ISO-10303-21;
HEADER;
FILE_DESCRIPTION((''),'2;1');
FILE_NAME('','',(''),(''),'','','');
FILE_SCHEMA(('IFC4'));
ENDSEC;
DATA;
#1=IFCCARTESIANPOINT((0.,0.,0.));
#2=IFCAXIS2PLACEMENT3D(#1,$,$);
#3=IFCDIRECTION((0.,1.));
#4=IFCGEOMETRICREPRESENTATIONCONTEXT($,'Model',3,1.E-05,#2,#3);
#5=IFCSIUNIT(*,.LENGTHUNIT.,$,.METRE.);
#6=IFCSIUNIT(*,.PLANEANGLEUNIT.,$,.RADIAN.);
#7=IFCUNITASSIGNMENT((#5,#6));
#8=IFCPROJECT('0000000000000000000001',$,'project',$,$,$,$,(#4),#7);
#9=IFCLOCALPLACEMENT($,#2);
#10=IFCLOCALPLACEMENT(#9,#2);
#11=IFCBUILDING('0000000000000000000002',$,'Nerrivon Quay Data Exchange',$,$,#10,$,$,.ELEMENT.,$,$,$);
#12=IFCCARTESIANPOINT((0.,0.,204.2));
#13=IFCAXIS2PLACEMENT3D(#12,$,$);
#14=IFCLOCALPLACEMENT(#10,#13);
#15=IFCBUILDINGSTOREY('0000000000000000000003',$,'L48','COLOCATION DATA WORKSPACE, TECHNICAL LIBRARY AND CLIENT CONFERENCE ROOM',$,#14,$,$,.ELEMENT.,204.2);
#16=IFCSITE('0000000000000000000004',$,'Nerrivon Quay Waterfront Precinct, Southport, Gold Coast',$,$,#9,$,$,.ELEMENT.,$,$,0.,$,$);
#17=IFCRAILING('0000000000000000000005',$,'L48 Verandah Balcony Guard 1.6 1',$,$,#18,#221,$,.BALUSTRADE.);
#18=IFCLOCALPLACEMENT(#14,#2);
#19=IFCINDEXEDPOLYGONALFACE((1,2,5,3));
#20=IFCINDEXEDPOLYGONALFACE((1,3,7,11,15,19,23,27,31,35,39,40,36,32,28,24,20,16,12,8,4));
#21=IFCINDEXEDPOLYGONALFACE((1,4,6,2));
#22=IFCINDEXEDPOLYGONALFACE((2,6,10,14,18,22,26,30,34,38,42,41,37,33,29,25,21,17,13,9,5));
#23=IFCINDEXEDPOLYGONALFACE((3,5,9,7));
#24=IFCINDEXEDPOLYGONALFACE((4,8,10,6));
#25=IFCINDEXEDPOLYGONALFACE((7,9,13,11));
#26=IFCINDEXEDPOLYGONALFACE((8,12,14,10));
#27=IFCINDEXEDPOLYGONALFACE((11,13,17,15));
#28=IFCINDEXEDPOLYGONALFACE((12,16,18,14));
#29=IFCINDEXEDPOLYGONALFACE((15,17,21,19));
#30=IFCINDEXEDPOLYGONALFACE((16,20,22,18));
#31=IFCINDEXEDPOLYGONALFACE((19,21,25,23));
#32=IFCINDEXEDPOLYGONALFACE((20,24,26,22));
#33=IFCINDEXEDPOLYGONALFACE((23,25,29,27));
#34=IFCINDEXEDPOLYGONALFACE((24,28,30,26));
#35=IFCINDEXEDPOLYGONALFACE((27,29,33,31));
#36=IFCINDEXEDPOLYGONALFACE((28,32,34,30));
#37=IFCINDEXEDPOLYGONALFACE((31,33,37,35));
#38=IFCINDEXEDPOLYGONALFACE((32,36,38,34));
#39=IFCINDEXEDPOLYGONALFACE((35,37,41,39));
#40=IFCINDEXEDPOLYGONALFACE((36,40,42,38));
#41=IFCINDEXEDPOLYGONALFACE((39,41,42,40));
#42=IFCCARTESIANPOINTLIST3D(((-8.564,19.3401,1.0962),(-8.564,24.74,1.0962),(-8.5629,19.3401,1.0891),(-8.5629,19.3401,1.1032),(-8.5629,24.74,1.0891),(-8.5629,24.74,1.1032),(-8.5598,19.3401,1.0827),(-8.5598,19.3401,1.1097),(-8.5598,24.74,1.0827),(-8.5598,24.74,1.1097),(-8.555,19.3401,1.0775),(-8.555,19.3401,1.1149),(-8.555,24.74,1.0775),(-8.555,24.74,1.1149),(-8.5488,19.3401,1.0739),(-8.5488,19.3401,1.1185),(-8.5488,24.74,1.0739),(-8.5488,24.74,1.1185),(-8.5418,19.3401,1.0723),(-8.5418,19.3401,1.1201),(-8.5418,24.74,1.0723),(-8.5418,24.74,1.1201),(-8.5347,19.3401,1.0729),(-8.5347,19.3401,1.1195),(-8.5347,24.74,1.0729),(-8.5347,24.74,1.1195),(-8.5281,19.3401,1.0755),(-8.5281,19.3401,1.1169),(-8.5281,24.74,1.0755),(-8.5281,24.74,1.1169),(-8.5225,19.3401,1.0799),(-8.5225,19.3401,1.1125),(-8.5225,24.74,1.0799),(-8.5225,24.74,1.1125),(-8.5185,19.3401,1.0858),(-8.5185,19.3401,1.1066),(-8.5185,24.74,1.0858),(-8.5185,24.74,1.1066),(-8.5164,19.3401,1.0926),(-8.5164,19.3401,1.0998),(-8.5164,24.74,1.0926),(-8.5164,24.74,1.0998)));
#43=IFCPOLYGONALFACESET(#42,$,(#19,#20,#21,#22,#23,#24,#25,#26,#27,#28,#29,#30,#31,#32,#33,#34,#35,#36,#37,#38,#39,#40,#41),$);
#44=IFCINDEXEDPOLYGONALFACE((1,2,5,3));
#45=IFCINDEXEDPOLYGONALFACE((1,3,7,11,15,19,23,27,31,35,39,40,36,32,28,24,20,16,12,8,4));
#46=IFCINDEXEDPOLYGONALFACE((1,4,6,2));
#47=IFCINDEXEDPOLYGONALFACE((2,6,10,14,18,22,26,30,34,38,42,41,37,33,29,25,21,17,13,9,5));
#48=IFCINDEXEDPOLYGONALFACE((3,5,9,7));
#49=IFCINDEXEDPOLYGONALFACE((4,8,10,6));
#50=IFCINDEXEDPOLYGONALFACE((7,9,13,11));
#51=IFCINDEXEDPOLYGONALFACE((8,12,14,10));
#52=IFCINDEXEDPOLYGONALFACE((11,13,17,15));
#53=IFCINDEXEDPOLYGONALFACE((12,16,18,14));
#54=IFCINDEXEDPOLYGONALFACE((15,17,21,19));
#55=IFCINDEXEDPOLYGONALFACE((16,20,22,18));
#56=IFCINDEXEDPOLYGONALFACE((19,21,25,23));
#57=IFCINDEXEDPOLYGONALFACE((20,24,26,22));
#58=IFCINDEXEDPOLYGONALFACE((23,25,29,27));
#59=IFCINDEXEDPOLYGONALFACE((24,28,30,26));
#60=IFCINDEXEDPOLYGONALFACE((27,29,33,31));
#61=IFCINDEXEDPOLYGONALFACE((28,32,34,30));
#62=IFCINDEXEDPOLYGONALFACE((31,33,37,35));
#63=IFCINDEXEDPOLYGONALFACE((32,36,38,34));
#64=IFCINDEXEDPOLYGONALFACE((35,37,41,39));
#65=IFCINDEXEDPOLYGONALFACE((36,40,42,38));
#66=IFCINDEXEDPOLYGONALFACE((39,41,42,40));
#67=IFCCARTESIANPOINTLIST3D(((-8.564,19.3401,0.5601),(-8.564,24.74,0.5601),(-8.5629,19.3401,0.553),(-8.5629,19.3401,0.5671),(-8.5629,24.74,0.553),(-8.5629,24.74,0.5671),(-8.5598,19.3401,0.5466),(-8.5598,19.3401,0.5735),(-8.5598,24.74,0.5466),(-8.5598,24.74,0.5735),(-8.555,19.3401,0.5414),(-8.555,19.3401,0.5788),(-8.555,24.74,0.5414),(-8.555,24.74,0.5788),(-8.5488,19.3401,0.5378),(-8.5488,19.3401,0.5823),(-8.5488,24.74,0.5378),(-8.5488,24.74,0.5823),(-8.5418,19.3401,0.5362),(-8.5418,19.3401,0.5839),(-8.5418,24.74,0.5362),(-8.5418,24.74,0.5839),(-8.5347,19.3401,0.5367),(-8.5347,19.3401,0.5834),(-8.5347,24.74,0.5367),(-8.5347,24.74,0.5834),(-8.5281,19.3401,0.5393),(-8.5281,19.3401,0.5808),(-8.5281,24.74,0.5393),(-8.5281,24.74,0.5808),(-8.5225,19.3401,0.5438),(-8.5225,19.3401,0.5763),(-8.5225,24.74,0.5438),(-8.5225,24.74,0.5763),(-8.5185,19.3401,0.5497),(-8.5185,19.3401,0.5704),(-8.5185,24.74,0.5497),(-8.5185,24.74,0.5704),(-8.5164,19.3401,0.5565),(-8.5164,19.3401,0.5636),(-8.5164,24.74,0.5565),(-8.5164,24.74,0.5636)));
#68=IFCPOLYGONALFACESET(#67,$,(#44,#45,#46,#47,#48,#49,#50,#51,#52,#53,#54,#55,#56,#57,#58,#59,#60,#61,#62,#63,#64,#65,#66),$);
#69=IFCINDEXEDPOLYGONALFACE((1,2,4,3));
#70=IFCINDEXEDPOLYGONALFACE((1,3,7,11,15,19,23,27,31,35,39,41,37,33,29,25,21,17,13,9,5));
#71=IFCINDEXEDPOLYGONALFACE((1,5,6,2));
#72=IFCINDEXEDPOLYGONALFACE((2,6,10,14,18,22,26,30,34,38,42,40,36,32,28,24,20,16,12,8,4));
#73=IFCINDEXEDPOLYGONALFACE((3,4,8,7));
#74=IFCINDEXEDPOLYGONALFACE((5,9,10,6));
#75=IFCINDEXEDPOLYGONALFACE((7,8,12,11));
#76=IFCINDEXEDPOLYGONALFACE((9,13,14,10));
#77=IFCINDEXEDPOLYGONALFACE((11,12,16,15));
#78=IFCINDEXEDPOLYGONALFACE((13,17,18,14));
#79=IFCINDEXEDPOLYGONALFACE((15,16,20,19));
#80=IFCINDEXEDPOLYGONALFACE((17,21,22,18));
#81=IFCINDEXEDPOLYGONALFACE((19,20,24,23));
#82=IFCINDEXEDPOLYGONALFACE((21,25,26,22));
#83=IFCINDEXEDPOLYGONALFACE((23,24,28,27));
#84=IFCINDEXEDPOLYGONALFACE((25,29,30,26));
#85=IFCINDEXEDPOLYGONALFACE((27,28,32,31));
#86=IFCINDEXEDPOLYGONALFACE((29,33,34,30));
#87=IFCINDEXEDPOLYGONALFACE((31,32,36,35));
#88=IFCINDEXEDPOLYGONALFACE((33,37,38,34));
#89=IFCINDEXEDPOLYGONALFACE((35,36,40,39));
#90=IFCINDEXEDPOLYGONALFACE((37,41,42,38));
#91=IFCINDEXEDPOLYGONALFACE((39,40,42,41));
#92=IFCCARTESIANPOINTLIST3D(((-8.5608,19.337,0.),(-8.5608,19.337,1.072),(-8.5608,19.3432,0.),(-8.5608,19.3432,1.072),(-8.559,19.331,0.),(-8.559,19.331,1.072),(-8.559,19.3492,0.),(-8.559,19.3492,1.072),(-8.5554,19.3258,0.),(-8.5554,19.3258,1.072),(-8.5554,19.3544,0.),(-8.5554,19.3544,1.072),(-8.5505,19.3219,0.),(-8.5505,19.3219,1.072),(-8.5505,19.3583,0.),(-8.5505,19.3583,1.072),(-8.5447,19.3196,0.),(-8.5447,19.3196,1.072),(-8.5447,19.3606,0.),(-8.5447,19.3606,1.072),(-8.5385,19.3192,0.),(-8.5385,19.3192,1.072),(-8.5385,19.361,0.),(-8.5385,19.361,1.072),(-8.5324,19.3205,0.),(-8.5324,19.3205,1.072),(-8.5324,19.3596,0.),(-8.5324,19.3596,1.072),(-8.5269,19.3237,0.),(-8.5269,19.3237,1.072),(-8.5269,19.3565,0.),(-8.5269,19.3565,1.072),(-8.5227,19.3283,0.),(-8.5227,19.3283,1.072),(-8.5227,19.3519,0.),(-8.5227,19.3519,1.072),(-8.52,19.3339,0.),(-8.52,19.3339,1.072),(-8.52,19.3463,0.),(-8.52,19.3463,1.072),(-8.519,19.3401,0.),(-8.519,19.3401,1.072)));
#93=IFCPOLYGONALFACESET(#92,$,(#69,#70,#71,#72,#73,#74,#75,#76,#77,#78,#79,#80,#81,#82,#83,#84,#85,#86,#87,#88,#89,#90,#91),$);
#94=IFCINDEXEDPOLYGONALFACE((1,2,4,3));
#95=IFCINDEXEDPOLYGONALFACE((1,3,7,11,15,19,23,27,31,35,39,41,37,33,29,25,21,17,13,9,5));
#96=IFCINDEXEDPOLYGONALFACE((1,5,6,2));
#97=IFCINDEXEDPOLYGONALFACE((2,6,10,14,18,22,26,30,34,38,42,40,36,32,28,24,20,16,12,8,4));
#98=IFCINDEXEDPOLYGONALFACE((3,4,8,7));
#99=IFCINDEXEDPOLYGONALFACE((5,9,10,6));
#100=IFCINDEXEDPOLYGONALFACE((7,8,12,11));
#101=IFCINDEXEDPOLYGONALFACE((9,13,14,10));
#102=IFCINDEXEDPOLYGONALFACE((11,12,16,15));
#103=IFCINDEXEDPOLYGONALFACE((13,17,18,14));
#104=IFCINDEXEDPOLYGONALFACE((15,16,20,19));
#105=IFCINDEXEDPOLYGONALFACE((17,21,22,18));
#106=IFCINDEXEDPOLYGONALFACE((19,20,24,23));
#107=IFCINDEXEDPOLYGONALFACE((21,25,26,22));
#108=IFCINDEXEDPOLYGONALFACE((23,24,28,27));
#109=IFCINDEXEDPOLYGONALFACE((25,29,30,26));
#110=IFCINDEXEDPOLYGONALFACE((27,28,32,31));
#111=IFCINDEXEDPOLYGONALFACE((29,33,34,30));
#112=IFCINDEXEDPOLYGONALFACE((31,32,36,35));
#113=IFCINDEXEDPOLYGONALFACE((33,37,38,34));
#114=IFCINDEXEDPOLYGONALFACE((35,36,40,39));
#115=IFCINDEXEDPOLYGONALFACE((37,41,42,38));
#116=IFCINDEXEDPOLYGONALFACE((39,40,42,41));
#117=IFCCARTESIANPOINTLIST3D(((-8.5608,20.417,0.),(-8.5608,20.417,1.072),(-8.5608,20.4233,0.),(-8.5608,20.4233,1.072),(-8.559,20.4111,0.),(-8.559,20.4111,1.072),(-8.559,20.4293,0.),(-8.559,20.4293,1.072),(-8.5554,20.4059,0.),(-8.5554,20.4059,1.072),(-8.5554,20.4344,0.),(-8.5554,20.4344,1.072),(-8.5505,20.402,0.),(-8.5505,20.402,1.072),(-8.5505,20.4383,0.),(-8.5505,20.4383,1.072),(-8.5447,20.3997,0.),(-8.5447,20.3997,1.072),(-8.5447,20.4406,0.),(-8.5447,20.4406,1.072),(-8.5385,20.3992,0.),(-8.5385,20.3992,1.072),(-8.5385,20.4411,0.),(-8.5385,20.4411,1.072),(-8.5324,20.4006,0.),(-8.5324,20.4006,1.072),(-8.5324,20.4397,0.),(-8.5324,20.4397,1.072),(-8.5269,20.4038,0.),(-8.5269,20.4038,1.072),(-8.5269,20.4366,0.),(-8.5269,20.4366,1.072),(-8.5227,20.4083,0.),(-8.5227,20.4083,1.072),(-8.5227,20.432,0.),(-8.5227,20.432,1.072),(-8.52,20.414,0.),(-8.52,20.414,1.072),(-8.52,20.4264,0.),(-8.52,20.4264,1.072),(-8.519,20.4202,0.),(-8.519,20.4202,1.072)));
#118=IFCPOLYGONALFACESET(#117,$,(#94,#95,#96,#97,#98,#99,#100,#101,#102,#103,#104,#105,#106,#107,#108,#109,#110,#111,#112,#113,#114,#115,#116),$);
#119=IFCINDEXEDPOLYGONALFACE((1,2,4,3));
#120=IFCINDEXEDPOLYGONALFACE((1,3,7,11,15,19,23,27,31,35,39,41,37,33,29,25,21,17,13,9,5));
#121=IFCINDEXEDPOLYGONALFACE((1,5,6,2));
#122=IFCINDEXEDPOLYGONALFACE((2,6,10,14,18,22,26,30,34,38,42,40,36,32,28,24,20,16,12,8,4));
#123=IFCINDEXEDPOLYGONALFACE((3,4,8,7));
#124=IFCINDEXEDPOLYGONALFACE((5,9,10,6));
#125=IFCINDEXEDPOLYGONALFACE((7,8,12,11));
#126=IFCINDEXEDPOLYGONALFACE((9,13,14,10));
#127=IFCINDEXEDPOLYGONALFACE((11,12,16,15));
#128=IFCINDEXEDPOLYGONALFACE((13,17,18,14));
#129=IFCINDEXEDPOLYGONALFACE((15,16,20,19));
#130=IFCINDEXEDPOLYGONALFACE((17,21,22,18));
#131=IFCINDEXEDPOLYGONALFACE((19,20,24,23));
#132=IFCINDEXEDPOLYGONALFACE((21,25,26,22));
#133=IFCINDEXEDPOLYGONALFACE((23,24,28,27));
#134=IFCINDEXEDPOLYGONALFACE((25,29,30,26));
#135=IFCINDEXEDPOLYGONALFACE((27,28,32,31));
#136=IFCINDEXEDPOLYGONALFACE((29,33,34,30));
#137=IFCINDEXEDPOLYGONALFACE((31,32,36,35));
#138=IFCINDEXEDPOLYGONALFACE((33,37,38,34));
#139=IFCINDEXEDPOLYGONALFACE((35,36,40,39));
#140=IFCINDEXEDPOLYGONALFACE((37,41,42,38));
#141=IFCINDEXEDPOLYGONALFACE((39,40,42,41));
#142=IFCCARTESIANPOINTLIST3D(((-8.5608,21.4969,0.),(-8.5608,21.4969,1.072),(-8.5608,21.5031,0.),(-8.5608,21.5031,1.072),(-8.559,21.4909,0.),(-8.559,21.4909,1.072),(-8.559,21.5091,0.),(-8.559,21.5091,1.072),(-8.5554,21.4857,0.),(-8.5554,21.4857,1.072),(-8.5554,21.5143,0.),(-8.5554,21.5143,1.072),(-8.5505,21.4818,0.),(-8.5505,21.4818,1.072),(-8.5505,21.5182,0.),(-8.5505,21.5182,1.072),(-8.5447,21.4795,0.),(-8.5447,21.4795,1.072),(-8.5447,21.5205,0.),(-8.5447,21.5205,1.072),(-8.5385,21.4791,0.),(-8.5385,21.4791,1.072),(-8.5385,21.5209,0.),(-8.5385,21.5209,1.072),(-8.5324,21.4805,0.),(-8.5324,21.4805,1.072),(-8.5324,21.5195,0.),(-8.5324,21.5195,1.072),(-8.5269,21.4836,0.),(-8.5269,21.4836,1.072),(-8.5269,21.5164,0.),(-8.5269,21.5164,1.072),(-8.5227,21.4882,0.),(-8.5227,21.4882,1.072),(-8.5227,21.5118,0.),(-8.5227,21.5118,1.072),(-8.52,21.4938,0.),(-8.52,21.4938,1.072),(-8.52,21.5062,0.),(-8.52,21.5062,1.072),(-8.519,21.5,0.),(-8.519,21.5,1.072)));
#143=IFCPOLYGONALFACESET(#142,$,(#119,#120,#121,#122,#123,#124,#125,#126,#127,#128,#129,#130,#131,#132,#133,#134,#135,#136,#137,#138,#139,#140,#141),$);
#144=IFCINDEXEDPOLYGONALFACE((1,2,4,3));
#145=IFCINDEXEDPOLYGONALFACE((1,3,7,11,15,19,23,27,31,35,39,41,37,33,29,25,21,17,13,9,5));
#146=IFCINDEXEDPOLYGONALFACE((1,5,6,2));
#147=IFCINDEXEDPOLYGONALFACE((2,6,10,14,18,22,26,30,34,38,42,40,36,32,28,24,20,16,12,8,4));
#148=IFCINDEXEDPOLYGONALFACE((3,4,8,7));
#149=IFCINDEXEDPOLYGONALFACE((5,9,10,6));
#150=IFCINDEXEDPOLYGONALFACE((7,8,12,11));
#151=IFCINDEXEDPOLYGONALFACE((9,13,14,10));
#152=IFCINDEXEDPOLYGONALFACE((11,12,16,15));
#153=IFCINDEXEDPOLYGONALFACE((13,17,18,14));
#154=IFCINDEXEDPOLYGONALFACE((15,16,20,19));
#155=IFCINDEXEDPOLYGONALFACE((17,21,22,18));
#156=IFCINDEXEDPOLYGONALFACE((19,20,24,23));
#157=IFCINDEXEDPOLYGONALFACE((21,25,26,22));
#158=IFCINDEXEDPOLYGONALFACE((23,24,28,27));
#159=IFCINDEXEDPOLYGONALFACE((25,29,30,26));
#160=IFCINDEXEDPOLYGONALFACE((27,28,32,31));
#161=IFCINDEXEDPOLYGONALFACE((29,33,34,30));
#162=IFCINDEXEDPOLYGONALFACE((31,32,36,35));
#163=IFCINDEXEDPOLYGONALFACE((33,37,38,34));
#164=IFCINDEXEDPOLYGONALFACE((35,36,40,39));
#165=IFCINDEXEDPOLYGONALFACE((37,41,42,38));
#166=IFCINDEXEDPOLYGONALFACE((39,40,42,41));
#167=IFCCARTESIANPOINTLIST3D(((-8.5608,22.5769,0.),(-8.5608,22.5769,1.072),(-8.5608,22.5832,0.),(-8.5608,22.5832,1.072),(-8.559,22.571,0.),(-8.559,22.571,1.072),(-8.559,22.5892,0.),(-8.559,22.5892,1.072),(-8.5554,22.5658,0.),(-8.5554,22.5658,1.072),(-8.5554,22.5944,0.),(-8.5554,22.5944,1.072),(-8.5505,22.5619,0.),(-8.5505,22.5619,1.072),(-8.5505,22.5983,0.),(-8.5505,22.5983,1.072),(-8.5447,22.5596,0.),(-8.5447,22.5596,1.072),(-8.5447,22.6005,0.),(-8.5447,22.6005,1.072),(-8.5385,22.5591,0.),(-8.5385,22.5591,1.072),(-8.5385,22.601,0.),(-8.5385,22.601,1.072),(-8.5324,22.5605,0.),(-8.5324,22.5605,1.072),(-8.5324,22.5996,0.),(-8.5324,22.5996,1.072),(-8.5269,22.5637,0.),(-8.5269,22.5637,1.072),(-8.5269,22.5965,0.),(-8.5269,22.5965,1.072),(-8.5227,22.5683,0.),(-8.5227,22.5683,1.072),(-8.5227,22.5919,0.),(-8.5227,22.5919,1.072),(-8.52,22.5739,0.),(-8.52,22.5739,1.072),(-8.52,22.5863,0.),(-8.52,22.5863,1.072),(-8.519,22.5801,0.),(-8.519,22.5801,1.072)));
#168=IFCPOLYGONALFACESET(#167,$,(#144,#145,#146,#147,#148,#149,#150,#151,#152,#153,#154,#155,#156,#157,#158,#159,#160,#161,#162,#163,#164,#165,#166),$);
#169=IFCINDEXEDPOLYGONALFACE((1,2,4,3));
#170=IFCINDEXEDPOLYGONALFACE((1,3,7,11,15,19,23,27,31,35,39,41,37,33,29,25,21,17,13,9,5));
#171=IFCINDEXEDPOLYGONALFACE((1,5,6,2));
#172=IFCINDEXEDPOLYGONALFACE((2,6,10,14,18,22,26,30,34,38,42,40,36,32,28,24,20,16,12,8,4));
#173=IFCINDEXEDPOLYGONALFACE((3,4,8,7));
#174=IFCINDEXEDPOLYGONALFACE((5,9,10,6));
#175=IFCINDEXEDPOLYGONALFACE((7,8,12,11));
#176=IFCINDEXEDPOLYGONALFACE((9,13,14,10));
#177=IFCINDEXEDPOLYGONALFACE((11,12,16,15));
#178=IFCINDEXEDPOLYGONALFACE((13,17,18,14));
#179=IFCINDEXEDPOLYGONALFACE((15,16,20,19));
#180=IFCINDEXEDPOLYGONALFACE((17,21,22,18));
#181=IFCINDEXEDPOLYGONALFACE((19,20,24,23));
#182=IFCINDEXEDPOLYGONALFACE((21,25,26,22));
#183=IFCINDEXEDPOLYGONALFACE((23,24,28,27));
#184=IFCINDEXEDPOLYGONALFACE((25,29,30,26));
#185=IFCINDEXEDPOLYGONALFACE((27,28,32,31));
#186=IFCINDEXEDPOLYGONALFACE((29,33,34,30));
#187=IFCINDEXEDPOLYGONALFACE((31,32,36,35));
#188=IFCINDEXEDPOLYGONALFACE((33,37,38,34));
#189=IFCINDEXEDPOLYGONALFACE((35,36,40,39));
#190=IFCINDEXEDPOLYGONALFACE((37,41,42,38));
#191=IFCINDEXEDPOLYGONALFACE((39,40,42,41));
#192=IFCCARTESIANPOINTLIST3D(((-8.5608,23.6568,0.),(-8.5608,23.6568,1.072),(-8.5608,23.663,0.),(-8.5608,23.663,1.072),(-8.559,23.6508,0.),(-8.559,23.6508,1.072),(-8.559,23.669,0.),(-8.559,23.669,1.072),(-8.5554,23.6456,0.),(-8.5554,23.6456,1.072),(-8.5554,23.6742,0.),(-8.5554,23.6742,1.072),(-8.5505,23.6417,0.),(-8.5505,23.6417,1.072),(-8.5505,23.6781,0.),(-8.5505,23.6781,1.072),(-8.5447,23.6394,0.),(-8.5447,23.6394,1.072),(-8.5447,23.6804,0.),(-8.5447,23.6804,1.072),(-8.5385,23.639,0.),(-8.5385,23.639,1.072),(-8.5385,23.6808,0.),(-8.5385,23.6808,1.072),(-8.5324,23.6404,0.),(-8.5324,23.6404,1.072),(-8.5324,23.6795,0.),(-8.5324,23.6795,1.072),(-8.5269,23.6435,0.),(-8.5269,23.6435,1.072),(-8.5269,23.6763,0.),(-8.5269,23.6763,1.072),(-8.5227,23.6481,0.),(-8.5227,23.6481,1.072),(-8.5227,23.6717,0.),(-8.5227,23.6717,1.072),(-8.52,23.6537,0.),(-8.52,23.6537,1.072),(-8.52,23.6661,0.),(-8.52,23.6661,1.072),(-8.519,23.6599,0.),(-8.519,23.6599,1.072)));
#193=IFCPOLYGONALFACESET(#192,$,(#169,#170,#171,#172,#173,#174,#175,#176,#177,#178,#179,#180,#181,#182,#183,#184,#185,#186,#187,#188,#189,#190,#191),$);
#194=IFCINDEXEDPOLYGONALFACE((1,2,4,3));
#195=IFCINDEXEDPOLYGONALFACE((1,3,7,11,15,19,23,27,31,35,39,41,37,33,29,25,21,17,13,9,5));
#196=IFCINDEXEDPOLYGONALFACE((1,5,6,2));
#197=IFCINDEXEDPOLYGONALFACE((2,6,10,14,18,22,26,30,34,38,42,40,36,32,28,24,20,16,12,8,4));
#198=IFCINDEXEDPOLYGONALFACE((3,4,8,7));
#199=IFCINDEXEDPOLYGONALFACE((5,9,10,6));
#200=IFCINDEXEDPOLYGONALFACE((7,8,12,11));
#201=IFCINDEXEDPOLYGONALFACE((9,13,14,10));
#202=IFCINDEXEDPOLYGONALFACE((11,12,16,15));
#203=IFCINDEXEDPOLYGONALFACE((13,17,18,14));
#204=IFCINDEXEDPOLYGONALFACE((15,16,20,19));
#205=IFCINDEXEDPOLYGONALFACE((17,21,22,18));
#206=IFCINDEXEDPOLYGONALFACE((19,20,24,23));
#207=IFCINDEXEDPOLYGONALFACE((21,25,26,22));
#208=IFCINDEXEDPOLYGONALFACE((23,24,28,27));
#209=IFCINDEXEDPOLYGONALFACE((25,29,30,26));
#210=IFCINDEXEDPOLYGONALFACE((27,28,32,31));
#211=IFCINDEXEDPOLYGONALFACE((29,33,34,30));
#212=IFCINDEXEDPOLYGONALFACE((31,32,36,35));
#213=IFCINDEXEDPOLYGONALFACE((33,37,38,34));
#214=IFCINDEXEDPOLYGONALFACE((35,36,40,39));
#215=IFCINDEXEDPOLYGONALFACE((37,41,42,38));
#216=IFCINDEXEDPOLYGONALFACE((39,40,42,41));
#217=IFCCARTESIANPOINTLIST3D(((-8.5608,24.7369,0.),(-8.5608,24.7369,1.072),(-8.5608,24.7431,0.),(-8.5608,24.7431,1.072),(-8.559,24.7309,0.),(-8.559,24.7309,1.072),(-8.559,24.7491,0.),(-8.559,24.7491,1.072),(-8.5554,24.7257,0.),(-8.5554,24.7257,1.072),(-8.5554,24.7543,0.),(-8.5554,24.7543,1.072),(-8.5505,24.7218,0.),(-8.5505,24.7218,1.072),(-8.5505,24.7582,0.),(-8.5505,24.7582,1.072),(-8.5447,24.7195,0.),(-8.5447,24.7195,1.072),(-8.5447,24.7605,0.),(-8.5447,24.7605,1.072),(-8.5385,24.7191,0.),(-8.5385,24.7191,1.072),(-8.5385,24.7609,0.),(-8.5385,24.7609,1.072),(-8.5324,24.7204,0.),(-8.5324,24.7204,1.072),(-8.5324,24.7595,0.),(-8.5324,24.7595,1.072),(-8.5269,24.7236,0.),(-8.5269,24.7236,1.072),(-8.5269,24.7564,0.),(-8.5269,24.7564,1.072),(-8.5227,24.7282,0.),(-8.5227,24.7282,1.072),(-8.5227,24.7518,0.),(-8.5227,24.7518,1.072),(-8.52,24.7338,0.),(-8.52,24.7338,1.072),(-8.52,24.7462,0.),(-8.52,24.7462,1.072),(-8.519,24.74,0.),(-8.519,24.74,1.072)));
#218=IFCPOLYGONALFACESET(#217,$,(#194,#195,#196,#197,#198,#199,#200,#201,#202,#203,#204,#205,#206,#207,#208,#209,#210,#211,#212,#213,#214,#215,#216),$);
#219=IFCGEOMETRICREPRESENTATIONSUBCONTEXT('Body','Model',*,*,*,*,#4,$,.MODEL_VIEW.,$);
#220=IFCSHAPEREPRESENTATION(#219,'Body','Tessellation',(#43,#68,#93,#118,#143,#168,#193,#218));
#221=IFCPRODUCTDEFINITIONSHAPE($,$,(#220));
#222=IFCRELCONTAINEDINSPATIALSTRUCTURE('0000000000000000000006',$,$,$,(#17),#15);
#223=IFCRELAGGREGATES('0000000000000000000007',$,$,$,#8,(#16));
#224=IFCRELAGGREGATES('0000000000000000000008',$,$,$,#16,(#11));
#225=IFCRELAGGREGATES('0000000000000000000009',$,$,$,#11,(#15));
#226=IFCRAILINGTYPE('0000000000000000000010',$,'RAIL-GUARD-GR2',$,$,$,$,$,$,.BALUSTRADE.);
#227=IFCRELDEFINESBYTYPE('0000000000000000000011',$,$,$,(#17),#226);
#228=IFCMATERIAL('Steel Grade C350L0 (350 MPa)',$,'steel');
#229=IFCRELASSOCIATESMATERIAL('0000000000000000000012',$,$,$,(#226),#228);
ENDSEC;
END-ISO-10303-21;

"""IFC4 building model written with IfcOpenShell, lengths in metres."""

from ifc_helpers import new_model, si_unit, direction, frame, origin, origin_2d, place, context, subcontext, project, spatial, circle, extrude, material, type_object, element, save


model = new_model("IFC4")

# Units and contexts
model_context = context("Model", 3, precision=1e-05, world=origin(), true_north=direction((0.0, 1.0)))
body_context = subcontext(model_context, "Body", "Model", "MODEL_VIEW")
ifc_project = project(units=[si_unit("LENGTHUNIT", "METRE"), si_unit("PLANEANGLEUNIT", "RADIAN")], contexts=[model_context])

# Site, building, storey
site_placement = place(None, origin())
site = spatial("IfcSite", under=ifc_project, at=site_placement, Name="Nerrivon Quay Waterfront Precinct, Southport, Gold Coast", CompositionType="ELEMENT", RefElevation=0.0)
building_placement = place(site_placement, origin())
building = spatial("IfcBuilding", under=site, at=building_placement, Name="Nerrivon Quay Data Exchange", CompositionType="ELEMENT")
storey_placement = place(building_placement, frame((0.0, 0.0, 204.2)))
storey = spatial("IfcBuildingStorey", under=building, at=storey_placement, Name="L48", Description="COLOCATION DATA WORKSPACE, TECHNICAL LIBRARY AND CLIENT CONFERENCE ROOM", CompositionType="ELEMENT", Elevation=204.2)

# Railing
ifc_material_1 = material(Name="Steel Grade C350L0 (350 MPa)", Category="steel")
railing_type = type_object("IfcRailingType", Name="RAIL-GUARD-GR2", PredefinedType="BALUSTRADE", material=ifc_material_1)
railing_1_placement = place(storey_placement, frame((-8.54, 19.3401, 0.0)))
element("IfcRailing", 1, at=railing_1_placement, inside=storey, type_object=railing_type, Name="L48 Verandah Balcony Guard 1.6 1", PredefinedType="BALUSTRADE", context=body_context, shape_type="SweptSolid", body=[
    extrude(circle(Radius=0.0239, at=origin_2d()), frame((0.0, 0.0, 1.0962), z_axis=(0.0, 1.0, 0.0), x_axis=(-1.0, 0.0, 0.0)), (0.0, 0.0, 1.0), 5.3999),
    extrude(circle(Radius=0.0239, at=origin_2d()), frame((0.0, 0.0, 0.5601), z_axis=(0.0, 1.0, 0.0), x_axis=(-1.0, 0.0, 0.0)), (0.0, 0.0, 1.0), 5.3999),
    extrude(circle(Radius=0.021, at=origin_2d()), origin(), (0.0, 0.0, 1.0), 1.072),
    extrude(circle(Radius=0.021, at=origin_2d()), frame((0.0, 1.0801, 0.0)), (0.0, 0.0, 1.0), 1.072),
    extrude(circle(Radius=0.021, at=origin_2d()), frame((0.0, 2.1599, 0.0)), (0.0, 0.0, 1.0), 1.072),
    extrude(circle(Radius=0.021, at=origin_2d()), frame((0.0, 3.24, 0.0)), (0.0, 0.0, 1.0), 1.072),
    extrude(circle(Radius=0.021, at=origin_2d()), frame((0.0, 4.3198, 0.0)), (0.0, 0.0, 1.0), 1.072),
    extrude(circle(Radius=0.021, at=origin_2d()), frame((0.0, 5.3999, 0.0)), (0.0, 0.0, 1.0), 1.072),
])

save(model, "model.ifc")
